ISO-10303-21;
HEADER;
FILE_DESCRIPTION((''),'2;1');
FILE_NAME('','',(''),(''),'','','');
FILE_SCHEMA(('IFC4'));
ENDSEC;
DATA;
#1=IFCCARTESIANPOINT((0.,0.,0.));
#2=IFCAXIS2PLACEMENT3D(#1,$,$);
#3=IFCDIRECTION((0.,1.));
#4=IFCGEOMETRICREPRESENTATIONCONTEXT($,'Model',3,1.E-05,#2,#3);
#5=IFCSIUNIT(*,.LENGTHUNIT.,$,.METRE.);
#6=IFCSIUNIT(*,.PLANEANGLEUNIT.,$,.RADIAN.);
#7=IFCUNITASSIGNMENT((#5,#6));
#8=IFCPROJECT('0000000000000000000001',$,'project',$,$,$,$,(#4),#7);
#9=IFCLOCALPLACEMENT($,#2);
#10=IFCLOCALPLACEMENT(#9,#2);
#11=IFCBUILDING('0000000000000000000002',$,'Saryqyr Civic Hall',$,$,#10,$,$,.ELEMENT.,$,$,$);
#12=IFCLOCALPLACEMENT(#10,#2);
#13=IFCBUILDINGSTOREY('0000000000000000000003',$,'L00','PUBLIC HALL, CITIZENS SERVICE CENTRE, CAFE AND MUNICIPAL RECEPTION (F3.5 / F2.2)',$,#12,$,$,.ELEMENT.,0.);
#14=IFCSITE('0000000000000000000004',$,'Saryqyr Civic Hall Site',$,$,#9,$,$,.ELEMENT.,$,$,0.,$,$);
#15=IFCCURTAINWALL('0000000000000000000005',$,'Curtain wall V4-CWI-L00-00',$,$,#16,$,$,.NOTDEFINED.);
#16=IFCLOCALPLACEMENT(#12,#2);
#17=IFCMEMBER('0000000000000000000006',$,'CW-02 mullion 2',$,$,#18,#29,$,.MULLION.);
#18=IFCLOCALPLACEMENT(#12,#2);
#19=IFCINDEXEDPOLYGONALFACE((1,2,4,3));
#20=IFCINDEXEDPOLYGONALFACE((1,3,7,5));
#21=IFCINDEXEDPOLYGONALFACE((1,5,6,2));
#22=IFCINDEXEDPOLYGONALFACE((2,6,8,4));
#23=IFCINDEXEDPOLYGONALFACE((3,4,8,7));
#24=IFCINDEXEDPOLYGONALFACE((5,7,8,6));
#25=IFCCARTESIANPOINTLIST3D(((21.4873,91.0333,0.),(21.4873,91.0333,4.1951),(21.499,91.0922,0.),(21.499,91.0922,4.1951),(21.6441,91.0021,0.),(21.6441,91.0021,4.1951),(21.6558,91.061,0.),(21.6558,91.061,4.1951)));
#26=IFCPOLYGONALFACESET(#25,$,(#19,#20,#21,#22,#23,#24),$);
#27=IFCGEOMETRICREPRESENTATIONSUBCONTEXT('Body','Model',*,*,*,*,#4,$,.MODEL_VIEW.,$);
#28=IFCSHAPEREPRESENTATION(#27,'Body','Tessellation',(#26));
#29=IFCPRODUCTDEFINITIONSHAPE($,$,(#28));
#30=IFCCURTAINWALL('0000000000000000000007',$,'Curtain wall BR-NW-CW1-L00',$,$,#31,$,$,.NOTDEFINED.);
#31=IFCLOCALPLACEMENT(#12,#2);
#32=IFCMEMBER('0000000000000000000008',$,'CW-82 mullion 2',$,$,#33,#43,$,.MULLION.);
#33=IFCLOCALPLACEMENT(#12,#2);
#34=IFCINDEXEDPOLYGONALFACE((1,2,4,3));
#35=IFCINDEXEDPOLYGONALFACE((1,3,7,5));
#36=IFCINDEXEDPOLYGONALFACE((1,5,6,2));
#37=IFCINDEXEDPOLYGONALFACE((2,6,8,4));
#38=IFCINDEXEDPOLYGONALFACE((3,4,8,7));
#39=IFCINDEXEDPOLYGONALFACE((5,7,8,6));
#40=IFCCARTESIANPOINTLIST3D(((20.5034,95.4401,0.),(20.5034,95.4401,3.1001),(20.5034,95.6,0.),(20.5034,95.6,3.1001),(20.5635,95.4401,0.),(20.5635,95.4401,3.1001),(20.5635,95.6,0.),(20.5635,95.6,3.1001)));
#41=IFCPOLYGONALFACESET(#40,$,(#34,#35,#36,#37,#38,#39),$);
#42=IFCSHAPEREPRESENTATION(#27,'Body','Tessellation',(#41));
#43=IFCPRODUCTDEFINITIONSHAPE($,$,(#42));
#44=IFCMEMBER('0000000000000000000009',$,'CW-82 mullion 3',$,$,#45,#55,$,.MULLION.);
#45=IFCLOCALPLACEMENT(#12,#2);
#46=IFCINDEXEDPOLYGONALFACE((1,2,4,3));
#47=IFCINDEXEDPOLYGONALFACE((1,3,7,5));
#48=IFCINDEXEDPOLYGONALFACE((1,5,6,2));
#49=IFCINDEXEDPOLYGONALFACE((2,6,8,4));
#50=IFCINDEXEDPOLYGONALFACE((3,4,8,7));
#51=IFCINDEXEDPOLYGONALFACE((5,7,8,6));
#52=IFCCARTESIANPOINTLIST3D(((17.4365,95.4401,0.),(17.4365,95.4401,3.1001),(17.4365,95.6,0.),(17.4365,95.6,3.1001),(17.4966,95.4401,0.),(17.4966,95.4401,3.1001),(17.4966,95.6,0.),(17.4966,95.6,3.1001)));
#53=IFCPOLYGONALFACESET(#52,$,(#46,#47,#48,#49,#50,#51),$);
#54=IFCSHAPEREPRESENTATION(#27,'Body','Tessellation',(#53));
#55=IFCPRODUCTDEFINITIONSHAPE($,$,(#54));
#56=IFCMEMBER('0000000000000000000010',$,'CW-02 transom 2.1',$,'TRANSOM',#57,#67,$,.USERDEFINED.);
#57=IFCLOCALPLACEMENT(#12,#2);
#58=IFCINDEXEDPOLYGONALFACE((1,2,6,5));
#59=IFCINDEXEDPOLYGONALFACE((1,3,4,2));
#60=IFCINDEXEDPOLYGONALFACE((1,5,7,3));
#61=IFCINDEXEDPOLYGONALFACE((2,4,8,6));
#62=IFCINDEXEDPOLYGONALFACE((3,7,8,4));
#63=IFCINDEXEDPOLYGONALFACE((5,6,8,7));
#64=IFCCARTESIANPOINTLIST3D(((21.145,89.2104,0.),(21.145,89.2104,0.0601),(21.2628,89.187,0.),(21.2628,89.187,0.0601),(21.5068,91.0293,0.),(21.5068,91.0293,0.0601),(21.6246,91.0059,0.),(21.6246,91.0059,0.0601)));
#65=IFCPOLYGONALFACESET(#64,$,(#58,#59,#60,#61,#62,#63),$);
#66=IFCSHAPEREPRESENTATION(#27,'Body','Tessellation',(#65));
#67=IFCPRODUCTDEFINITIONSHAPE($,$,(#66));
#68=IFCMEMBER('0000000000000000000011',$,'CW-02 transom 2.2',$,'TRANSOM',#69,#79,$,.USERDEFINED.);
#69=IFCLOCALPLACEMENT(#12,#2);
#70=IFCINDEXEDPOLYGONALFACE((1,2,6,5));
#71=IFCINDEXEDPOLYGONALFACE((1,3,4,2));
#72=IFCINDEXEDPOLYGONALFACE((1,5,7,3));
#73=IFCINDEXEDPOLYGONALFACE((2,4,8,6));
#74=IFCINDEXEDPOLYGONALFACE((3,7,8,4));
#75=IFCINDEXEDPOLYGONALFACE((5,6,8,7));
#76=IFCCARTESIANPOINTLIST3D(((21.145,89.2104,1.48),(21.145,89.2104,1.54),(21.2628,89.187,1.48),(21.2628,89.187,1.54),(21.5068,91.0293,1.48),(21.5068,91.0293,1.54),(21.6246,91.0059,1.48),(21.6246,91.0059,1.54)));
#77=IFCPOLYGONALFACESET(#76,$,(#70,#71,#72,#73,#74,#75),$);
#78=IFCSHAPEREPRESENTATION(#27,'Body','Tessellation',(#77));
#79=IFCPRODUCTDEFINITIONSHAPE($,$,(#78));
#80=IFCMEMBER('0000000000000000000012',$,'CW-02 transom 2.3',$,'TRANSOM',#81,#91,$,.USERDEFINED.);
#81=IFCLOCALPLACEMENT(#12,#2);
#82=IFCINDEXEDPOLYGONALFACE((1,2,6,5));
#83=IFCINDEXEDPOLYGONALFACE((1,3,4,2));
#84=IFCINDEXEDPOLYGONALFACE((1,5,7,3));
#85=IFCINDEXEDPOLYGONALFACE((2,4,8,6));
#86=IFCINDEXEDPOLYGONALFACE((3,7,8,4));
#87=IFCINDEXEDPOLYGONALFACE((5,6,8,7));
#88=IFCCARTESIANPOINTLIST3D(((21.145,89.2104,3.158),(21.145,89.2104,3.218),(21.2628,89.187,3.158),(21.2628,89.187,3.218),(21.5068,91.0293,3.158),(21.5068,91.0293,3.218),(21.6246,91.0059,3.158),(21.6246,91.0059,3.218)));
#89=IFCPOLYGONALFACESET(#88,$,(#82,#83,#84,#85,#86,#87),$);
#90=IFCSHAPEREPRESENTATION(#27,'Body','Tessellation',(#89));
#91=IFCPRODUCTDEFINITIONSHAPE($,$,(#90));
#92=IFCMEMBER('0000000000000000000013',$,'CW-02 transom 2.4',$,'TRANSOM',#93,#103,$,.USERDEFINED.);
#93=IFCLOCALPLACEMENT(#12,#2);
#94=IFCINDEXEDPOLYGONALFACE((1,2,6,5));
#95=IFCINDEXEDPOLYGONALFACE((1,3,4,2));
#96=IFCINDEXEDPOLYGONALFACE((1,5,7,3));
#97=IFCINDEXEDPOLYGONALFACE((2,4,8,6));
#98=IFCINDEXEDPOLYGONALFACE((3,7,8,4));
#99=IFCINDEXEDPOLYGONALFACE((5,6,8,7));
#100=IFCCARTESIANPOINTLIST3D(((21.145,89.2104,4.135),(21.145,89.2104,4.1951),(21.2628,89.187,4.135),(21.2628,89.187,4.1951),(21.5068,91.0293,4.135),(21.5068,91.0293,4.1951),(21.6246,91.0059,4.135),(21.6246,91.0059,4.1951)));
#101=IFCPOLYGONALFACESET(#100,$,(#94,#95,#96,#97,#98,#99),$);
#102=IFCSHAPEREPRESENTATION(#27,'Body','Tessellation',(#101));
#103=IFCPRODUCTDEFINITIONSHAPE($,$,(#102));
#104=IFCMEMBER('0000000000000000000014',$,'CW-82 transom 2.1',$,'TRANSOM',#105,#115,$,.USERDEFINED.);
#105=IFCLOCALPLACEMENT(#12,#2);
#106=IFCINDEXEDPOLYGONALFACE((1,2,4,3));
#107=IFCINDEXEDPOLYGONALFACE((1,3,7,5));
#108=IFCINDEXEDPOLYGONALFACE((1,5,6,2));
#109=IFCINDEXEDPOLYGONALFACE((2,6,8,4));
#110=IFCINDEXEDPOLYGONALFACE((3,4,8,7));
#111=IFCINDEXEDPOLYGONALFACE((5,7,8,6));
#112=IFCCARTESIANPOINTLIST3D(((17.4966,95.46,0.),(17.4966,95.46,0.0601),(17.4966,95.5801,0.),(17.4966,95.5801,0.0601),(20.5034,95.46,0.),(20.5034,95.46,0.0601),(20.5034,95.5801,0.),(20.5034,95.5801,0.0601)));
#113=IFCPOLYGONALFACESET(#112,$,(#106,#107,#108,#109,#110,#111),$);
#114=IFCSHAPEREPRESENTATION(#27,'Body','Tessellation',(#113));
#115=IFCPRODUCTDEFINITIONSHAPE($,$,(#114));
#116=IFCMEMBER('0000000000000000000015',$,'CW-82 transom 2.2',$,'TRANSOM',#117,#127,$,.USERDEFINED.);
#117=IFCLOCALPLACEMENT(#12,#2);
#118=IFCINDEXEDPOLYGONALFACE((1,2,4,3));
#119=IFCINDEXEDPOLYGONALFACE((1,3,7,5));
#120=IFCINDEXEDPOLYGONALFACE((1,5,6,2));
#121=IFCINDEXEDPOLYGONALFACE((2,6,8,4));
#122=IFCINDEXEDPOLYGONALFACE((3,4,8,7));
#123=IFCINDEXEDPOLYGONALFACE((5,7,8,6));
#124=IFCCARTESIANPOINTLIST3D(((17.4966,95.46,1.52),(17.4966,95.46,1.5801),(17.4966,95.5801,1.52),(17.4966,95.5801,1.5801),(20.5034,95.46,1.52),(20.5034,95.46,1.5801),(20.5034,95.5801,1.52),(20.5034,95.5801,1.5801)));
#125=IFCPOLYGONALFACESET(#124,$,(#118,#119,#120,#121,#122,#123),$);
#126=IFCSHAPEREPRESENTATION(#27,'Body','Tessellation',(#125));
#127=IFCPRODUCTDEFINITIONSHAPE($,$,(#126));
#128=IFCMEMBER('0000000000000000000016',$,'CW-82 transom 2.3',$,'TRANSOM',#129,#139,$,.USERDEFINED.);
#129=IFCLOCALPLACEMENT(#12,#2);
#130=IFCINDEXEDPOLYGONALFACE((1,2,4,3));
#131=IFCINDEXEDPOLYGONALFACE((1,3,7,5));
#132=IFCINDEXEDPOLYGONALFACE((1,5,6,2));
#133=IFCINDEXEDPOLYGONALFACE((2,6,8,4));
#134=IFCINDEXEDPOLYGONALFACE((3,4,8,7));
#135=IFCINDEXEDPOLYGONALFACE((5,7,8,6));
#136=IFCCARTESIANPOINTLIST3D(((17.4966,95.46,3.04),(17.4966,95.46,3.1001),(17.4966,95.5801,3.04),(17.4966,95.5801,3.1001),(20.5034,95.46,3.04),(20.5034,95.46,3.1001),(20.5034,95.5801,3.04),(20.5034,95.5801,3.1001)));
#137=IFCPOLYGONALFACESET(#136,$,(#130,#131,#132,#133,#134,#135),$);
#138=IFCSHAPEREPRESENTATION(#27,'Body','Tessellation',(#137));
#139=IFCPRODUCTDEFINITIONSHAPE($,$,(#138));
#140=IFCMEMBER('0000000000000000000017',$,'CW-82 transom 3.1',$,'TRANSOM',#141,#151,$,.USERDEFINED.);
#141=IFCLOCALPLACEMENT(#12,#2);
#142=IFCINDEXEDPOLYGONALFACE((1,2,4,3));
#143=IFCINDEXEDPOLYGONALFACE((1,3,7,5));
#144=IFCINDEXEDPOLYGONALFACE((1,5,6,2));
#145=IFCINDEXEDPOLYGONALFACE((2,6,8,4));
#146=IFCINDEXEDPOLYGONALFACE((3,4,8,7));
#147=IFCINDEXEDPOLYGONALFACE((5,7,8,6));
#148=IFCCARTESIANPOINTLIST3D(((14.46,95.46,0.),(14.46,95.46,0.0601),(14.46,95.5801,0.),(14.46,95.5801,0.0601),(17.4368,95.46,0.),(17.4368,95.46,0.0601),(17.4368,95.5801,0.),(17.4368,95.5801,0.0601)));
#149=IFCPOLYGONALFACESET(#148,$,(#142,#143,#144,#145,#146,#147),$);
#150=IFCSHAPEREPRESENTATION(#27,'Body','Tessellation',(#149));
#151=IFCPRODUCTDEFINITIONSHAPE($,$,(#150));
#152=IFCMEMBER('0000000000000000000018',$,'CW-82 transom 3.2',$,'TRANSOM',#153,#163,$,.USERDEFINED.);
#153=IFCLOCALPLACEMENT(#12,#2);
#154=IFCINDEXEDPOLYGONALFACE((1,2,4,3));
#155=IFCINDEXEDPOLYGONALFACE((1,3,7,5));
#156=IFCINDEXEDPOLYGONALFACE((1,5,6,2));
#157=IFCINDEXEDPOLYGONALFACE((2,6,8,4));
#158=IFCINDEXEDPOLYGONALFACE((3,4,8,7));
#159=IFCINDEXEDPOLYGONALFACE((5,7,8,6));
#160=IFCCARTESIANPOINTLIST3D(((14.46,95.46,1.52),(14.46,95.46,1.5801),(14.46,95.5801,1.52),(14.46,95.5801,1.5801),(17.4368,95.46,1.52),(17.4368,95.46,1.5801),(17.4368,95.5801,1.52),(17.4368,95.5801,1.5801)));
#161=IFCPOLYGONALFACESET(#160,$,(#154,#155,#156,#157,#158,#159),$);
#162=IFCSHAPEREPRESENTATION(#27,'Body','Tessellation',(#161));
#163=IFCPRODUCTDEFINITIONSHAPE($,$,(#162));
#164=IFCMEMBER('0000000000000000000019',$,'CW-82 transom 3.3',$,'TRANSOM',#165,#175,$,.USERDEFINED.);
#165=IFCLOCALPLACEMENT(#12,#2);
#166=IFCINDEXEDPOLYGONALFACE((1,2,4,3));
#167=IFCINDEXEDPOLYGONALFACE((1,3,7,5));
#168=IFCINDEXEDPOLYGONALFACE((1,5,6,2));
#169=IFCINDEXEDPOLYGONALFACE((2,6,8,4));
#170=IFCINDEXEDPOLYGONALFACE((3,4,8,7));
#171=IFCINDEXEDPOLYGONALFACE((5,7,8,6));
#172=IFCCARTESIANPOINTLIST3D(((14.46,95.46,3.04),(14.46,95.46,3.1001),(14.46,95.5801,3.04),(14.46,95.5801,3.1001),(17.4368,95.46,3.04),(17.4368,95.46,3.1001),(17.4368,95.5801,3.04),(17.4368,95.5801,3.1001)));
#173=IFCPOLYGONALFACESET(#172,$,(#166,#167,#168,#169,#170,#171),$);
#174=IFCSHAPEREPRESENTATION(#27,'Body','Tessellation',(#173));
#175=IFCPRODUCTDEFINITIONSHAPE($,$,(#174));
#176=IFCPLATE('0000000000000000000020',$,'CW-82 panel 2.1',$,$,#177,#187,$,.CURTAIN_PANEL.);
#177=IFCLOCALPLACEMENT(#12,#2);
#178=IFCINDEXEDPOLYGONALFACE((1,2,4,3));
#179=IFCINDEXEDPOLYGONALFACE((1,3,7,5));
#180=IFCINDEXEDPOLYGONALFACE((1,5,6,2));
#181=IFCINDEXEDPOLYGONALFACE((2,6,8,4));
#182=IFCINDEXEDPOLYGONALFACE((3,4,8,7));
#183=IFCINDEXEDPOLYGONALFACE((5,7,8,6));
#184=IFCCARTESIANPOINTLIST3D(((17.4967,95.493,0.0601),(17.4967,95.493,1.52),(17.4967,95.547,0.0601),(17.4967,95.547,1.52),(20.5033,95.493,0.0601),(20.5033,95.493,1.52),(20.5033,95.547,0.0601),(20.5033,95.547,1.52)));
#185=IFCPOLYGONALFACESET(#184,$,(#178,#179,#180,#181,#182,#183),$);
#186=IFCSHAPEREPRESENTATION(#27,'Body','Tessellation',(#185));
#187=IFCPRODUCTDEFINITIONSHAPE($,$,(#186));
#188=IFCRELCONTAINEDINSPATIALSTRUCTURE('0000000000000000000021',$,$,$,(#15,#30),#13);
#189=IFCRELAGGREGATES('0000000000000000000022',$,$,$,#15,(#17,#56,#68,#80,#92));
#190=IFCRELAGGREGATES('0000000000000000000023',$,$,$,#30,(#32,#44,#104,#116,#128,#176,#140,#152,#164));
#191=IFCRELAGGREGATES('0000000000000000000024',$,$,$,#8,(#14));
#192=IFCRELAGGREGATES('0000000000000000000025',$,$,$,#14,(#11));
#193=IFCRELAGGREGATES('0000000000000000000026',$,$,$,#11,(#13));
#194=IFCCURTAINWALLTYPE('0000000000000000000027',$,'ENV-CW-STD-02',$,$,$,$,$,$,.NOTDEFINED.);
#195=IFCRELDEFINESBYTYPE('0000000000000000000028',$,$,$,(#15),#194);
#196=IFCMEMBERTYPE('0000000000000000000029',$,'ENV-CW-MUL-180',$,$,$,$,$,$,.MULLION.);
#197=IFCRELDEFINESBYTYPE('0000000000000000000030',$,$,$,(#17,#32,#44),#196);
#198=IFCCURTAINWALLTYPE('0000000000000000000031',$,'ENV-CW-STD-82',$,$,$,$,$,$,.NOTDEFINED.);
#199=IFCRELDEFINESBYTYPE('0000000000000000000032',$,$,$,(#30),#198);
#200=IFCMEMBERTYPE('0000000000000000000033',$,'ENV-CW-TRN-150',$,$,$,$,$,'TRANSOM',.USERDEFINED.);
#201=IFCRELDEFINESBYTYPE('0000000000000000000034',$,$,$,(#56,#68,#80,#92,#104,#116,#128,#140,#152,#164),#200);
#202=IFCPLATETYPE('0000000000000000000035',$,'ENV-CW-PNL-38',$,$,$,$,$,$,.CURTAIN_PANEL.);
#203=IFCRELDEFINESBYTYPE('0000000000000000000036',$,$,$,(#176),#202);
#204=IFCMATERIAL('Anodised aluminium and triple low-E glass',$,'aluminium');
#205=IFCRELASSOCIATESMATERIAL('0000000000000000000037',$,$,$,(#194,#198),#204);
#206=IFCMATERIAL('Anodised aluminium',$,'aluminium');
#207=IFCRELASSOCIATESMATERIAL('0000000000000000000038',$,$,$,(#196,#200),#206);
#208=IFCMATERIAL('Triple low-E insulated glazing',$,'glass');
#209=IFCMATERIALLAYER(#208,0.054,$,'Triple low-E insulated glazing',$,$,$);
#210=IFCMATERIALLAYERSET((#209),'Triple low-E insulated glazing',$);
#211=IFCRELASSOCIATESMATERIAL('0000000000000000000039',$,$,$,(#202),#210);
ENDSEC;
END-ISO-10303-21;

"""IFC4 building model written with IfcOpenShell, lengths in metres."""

from ifc_helpers import new_model, si_unit, direction, frame, origin, origin_2d, place, context, subcontext, project, spatial, rectangle, extrude, material, layer, layer_set, material_profile, profile_set, type_object, element, aggregate, save


model = new_model("IFC4")

# Units and contexts
model_context = context("Model", 3, precision=1e-05, world=origin(), true_north=direction((0.0, 1.0)))
body_context = subcontext(model_context, "Body", "Model", "MODEL_VIEW")
ifc_project = project(units=[si_unit("LENGTHUNIT", "METRE"), si_unit("PLANEANGLEUNIT", "RADIAN")], contexts=[model_context])

# Site, building, storey
site_placement = place(None, origin())
site = spatial("IfcSite", under=ifc_project, at=site_placement, Name="Saryqyr Civic Hall Site", CompositionType="ELEMENT", RefElevation=0.0)
building_placement = place(site_placement, origin())
building = spatial("IfcBuilding", under=site, at=building_placement, Name="Saryqyr Civic Hall", CompositionType="ELEMENT")
storey_placement = place(building_placement, origin())
storey = spatial("IfcBuildingStorey", under=building, at=storey_placement, Name="L00", Description="PUBLIC HALL, CITIZENS SERVICE CENTRE, CAFE AND MUNICIPAL RECEPTION (F3.5 / F2.2)", CompositionType="ELEMENT", Elevation=0.0)

# Curtain wall, member
ifc_material_1 = material(Name="Anodised aluminium and triple low-E glass", Category="aluminium")
curtain_wall_type_1 = type_object("IfcCurtainWallType", Name="ENV-CW-STD-02", PredefinedType="NOTDEFINED", material=ifc_material_1)
curtain_wall_1_placement = place(storey_placement, origin())
curtain_wall_1 = element("IfcCurtainWall", 1, at=curtain_wall_1_placement, inside=storey, type_object=curtain_wall_type_1, Name="Curtain wall V4-CWI-L00-00", PredefinedType="NOTDEFINED")
ifc_material_2 = material(Name="Anodised aluminium", Category="aluminium")
ifc_material_profile_1 = material_profile(ifc_material_2, rectangle(XDim=0.0601, YDim=0.1599, at=origin_2d()), Name="ALU MULLION 60x160")
ifc_profile_set_1 = profile_set([ifc_material_profile_1], Name="Anodised aluminium")
member_type_1 = type_object("IfcMemberType", Name="ENV-CW-MUL-180", PredefinedType="MULLION", material=ifc_profile_set_1)
member_1_placement = place(storey_placement, frame((21.5715, 91.0471, 0.0), z_axis=(0.0, 0.0, 1.0), x_axis=(-0.195117, -0.98078, 0.0)))
member_1 = element("IfcMember", 2, at=member_1_placement, type_object=member_type_1, Name="CW-02 mullion 2", PredefinedType="MULLION", context=body_context, shape_type="SweptSolid", body=[
    extrude(rectangle(XDim=0.0601, YDim=0.1599, at=origin_2d()), origin(), (0.0, 0.0, 1.0), 4.1951),
])

# Curtain wall, members
curtain_wall_type_2 = type_object("IfcCurtainWallType", Name="ENV-CW-STD-82", PredefinedType="NOTDEFINED", material=ifc_material_1)
curtain_wall_2_placement = place(storey_placement, origin())
curtain_wall_2 = element("IfcCurtainWall", 3, at=curtain_wall_2_placement, inside=storey, type_object=curtain_wall_type_2, Name="Curtain wall BR-NW-CW1-L00", PredefinedType="NOTDEFINED")
member_2_placement = place(storey_placement, frame((20.5334, 95.52, 0.0), z_axis=(0.0, 0.0, 1.0), x_axis=(-1.0, 0.0, 0.0)))
member_2 = element("IfcMember", 4, at=member_2_placement, type_object=member_type_1, Name="CW-82 mullion 2", PredefinedType="MULLION", context=body_context, shape_type="SweptSolid", body=[
    extrude(rectangle(XDim=0.0601, YDim=0.1599, at=origin_2d()), origin(), (0.0, 0.0, 1.0), 3.1001),
])
member_3_placement = place(storey_placement, frame((17.4666, 95.52, 0.0), z_axis=(0.0, 0.0, 1.0), x_axis=(-1.0, 0.0, 0.0)))
member_3 = element("IfcMember", 5, at=member_3_placement, type_object=member_type_1, Name="CW-82 mullion 3", PredefinedType="MULLION", context=body_context, shape_type="SweptSolid", body=[
    extrude(rectangle(XDim=0.0601, YDim=0.1599, at=origin_2d()), origin(), (0.0, 0.0, 1.0), 3.1001),
])

# Members
ifc_material_profile_2 = material_profile(ifc_material_2, rectangle(XDim=0.1201, YDim=0.0601, at=origin_2d()), Name="ALU TRANSOM 120x60")
ifc_profile_set_2 = profile_set([ifc_material_profile_2], Name="Anodised aluminium")
member_type_2 = type_object("IfcMemberType", Name="ENV-CW-TRN-150", ElementType="TRANSOM", PredefinedType="USERDEFINED", material=ifc_profile_set_2)
member_4_placement = place(storey_placement, frame((21.5657, 91.0176, 0.03), z_axis=(-0.195103, -0.980783, 0.0), x_axis=(0.980783, -0.195103, 0.0)))
member_4 = element("IfcMember", 6, at=member_4_placement, type_object=member_type_2, Name="CW-02 transom 2.1", ObjectType="TRANSOM", PredefinedType="USERDEFINED", context=body_context, shape_type="SweptSolid", body=[
    extrude(rectangle(XDim=0.1201, YDim=0.0601, at=origin_2d()), origin(), (0.0, 0.0, 1.0), 1.8545),
])
member_5_placement = place(storey_placement, frame((21.5657, 91.0176, 1.51), z_axis=(-0.195103, -0.980783, 0.0), x_axis=(0.980783, -0.195103, 0.0)))
member_5 = element("IfcMember", 7, at=member_5_placement, type_object=member_type_2, Name="CW-02 transom 2.2", ObjectType="TRANSOM", PredefinedType="USERDEFINED", context=body_context, shape_type="SweptSolid", body=[
    extrude(rectangle(XDim=0.1201, YDim=0.0601, at=origin_2d()), origin(), (0.0, 0.0, 1.0), 1.8545),
])
member_6_placement = place(storey_placement, frame((21.5657, 91.0176, 3.188), z_axis=(-0.195103, -0.980783, 0.0), x_axis=(0.980783, -0.195103, 0.0)))
member_6 = element("IfcMember", 8, at=member_6_placement, type_object=member_type_2, Name="CW-02 transom 2.3", ObjectType="TRANSOM", PredefinedType="USERDEFINED", context=body_context, shape_type="SweptSolid", body=[
    extrude(rectangle(XDim=0.1201, YDim=0.0601, at=origin_2d()), origin(), (0.0, 0.0, 1.0), 1.8545),
])
member_7_placement = place(storey_placement, frame((21.5657, 91.0176, 4.165), z_axis=(-0.195103, -0.980783, 0.0), x_axis=(0.980783, -0.195103, 0.0)))
member_7 = element("IfcMember", 9, at=member_7_placement, type_object=member_type_2, Name="CW-02 transom 2.4", ObjectType="TRANSOM", PredefinedType="USERDEFINED", context=body_context, shape_type="SweptSolid", body=[
    extrude(rectangle(XDim=0.1201, YDim=0.0601, at=origin_2d()), origin(), (0.0, 0.0, 1.0), 1.8545),
])
aggregate(curtain_wall_1, [member_1, member_4, member_5, member_6, member_7])
member_8_placement = place(storey_placement, frame((20.5034, 95.52, 0.03), z_axis=(-1.0, 0.0, 0.0), x_axis=(0.0, -1.0, 0.0)))
member_8 = element("IfcMember", 10, at=member_8_placement, type_object=member_type_2, Name="CW-82 transom 2.1", ObjectType="TRANSOM", PredefinedType="USERDEFINED", context=body_context, shape_type="SweptSolid", body=[
    extrude(rectangle(XDim=0.1201, YDim=0.0601, at=origin_2d()), origin(), (0.0, 0.0, 1.0), 3.0068),
])
member_9_placement = place(storey_placement, frame((20.5034, 95.52, 1.55), z_axis=(-1.0, 0.0, 0.0), x_axis=(0.0, -1.0, 0.0)))
member_9 = element("IfcMember", 11, at=member_9_placement, type_object=member_type_2, Name="CW-82 transom 2.2", ObjectType="TRANSOM", PredefinedType="USERDEFINED", context=body_context, shape_type="SweptSolid", body=[
    extrude(rectangle(XDim=0.1201, YDim=0.0601, at=origin_2d()), origin(), (0.0, 0.0, 1.0), 3.0068),
])
member_10_placement = place(storey_placement, frame((20.5034, 95.52, 3.0701), z_axis=(-1.0, 0.0, 0.0), x_axis=(0.0, -1.0, 0.0)))
member_10 = element("IfcMember", 12, at=member_10_placement, type_object=member_type_2, Name="CW-82 transom 2.3", ObjectType="TRANSOM", PredefinedType="USERDEFINED", context=body_context, shape_type="SweptSolid", body=[
    extrude(rectangle(XDim=0.1201, YDim=0.0601, at=origin_2d()), origin(), (0.0, 0.0, 1.0), 3.0068),
])
member_11_placement = place(storey_placement, frame((17.4368, 95.52, 0.03), z_axis=(-1.0, 0.0, 0.0), x_axis=(0.0, -1.0, 0.0)))
member_11 = element("IfcMember", 13, at=member_11_placement, type_object=member_type_2, Name="CW-82 transom 3.1", ObjectType="TRANSOM", PredefinedType="USERDEFINED", context=body_context, shape_type="SweptSolid", body=[
    extrude(rectangle(XDim=0.1201, YDim=0.0601, at=origin_2d()), origin(), (0.0, 0.0, 1.0), 2.9768),
])
member_12_placement = place(storey_placement, frame((17.4368, 95.52, 1.55), z_axis=(-1.0, 0.0, 0.0), x_axis=(0.0, -1.0, 0.0)))
member_12 = element("IfcMember", 14, at=member_12_placement, type_object=member_type_2, Name="CW-82 transom 3.2", ObjectType="TRANSOM", PredefinedType="USERDEFINED", context=body_context, shape_type="SweptSolid", body=[
    extrude(rectangle(XDim=0.1201, YDim=0.0601, at=origin_2d()), origin(), (0.0, 0.0, 1.0), 2.9768),
])
member_13_placement = place(storey_placement, frame((17.4368, 95.52, 3.0701), z_axis=(-1.0, 0.0, 0.0), x_axis=(0.0, -1.0, 0.0)))
member_13 = element("IfcMember", 15, at=member_13_placement, type_object=member_type_2, Name="CW-82 transom 3.3", ObjectType="TRANSOM", PredefinedType="USERDEFINED", context=body_context, shape_type="SweptSolid", body=[
    extrude(rectangle(XDim=0.1201, YDim=0.0601, at=origin_2d()), origin(), (0.0, 0.0, 1.0), 2.9768),
])

# Plate
ifc_material_3 = material(Name="Triple low-E insulated glazing", Category="glass")
ifc_layer_1 = layer(ifc_material_3, 0.054, Name="Triple low-E insulated glazing")
ifc_layer_set_1 = layer_set([ifc_layer_1], Name="Triple low-E insulated glazing")
plate_type = type_object("IfcPlateType", Name="ENV-CW-PNL-38", PredefinedType="CURTAIN_PANEL", material=ifc_layer_set_1)
plate_1_placement = place(storey_placement, frame((19.0, 95.52, 0.0601), z_axis=(0.0, 0.0, 1.0), x_axis=(-1.0, 0.0, 0.0)))
plate_1 = element("IfcPlate", 16, at=plate_1_placement, type_object=plate_type, Name="CW-82 panel 2.1", PredefinedType="CURTAIN_PANEL", context=body_context, shape_type="SweptSolid", body=[
    extrude(rectangle(XDim=3.0066, YDim=0.054, at=origin_2d()), origin(), (0.0, 0.0, 1.0), 1.46),
])
aggregate(curtain_wall_2, [member_2, member_3, member_8, member_9, member_10, plate_1, member_11, member_12, member_13])

save(model, "model.ifc")
